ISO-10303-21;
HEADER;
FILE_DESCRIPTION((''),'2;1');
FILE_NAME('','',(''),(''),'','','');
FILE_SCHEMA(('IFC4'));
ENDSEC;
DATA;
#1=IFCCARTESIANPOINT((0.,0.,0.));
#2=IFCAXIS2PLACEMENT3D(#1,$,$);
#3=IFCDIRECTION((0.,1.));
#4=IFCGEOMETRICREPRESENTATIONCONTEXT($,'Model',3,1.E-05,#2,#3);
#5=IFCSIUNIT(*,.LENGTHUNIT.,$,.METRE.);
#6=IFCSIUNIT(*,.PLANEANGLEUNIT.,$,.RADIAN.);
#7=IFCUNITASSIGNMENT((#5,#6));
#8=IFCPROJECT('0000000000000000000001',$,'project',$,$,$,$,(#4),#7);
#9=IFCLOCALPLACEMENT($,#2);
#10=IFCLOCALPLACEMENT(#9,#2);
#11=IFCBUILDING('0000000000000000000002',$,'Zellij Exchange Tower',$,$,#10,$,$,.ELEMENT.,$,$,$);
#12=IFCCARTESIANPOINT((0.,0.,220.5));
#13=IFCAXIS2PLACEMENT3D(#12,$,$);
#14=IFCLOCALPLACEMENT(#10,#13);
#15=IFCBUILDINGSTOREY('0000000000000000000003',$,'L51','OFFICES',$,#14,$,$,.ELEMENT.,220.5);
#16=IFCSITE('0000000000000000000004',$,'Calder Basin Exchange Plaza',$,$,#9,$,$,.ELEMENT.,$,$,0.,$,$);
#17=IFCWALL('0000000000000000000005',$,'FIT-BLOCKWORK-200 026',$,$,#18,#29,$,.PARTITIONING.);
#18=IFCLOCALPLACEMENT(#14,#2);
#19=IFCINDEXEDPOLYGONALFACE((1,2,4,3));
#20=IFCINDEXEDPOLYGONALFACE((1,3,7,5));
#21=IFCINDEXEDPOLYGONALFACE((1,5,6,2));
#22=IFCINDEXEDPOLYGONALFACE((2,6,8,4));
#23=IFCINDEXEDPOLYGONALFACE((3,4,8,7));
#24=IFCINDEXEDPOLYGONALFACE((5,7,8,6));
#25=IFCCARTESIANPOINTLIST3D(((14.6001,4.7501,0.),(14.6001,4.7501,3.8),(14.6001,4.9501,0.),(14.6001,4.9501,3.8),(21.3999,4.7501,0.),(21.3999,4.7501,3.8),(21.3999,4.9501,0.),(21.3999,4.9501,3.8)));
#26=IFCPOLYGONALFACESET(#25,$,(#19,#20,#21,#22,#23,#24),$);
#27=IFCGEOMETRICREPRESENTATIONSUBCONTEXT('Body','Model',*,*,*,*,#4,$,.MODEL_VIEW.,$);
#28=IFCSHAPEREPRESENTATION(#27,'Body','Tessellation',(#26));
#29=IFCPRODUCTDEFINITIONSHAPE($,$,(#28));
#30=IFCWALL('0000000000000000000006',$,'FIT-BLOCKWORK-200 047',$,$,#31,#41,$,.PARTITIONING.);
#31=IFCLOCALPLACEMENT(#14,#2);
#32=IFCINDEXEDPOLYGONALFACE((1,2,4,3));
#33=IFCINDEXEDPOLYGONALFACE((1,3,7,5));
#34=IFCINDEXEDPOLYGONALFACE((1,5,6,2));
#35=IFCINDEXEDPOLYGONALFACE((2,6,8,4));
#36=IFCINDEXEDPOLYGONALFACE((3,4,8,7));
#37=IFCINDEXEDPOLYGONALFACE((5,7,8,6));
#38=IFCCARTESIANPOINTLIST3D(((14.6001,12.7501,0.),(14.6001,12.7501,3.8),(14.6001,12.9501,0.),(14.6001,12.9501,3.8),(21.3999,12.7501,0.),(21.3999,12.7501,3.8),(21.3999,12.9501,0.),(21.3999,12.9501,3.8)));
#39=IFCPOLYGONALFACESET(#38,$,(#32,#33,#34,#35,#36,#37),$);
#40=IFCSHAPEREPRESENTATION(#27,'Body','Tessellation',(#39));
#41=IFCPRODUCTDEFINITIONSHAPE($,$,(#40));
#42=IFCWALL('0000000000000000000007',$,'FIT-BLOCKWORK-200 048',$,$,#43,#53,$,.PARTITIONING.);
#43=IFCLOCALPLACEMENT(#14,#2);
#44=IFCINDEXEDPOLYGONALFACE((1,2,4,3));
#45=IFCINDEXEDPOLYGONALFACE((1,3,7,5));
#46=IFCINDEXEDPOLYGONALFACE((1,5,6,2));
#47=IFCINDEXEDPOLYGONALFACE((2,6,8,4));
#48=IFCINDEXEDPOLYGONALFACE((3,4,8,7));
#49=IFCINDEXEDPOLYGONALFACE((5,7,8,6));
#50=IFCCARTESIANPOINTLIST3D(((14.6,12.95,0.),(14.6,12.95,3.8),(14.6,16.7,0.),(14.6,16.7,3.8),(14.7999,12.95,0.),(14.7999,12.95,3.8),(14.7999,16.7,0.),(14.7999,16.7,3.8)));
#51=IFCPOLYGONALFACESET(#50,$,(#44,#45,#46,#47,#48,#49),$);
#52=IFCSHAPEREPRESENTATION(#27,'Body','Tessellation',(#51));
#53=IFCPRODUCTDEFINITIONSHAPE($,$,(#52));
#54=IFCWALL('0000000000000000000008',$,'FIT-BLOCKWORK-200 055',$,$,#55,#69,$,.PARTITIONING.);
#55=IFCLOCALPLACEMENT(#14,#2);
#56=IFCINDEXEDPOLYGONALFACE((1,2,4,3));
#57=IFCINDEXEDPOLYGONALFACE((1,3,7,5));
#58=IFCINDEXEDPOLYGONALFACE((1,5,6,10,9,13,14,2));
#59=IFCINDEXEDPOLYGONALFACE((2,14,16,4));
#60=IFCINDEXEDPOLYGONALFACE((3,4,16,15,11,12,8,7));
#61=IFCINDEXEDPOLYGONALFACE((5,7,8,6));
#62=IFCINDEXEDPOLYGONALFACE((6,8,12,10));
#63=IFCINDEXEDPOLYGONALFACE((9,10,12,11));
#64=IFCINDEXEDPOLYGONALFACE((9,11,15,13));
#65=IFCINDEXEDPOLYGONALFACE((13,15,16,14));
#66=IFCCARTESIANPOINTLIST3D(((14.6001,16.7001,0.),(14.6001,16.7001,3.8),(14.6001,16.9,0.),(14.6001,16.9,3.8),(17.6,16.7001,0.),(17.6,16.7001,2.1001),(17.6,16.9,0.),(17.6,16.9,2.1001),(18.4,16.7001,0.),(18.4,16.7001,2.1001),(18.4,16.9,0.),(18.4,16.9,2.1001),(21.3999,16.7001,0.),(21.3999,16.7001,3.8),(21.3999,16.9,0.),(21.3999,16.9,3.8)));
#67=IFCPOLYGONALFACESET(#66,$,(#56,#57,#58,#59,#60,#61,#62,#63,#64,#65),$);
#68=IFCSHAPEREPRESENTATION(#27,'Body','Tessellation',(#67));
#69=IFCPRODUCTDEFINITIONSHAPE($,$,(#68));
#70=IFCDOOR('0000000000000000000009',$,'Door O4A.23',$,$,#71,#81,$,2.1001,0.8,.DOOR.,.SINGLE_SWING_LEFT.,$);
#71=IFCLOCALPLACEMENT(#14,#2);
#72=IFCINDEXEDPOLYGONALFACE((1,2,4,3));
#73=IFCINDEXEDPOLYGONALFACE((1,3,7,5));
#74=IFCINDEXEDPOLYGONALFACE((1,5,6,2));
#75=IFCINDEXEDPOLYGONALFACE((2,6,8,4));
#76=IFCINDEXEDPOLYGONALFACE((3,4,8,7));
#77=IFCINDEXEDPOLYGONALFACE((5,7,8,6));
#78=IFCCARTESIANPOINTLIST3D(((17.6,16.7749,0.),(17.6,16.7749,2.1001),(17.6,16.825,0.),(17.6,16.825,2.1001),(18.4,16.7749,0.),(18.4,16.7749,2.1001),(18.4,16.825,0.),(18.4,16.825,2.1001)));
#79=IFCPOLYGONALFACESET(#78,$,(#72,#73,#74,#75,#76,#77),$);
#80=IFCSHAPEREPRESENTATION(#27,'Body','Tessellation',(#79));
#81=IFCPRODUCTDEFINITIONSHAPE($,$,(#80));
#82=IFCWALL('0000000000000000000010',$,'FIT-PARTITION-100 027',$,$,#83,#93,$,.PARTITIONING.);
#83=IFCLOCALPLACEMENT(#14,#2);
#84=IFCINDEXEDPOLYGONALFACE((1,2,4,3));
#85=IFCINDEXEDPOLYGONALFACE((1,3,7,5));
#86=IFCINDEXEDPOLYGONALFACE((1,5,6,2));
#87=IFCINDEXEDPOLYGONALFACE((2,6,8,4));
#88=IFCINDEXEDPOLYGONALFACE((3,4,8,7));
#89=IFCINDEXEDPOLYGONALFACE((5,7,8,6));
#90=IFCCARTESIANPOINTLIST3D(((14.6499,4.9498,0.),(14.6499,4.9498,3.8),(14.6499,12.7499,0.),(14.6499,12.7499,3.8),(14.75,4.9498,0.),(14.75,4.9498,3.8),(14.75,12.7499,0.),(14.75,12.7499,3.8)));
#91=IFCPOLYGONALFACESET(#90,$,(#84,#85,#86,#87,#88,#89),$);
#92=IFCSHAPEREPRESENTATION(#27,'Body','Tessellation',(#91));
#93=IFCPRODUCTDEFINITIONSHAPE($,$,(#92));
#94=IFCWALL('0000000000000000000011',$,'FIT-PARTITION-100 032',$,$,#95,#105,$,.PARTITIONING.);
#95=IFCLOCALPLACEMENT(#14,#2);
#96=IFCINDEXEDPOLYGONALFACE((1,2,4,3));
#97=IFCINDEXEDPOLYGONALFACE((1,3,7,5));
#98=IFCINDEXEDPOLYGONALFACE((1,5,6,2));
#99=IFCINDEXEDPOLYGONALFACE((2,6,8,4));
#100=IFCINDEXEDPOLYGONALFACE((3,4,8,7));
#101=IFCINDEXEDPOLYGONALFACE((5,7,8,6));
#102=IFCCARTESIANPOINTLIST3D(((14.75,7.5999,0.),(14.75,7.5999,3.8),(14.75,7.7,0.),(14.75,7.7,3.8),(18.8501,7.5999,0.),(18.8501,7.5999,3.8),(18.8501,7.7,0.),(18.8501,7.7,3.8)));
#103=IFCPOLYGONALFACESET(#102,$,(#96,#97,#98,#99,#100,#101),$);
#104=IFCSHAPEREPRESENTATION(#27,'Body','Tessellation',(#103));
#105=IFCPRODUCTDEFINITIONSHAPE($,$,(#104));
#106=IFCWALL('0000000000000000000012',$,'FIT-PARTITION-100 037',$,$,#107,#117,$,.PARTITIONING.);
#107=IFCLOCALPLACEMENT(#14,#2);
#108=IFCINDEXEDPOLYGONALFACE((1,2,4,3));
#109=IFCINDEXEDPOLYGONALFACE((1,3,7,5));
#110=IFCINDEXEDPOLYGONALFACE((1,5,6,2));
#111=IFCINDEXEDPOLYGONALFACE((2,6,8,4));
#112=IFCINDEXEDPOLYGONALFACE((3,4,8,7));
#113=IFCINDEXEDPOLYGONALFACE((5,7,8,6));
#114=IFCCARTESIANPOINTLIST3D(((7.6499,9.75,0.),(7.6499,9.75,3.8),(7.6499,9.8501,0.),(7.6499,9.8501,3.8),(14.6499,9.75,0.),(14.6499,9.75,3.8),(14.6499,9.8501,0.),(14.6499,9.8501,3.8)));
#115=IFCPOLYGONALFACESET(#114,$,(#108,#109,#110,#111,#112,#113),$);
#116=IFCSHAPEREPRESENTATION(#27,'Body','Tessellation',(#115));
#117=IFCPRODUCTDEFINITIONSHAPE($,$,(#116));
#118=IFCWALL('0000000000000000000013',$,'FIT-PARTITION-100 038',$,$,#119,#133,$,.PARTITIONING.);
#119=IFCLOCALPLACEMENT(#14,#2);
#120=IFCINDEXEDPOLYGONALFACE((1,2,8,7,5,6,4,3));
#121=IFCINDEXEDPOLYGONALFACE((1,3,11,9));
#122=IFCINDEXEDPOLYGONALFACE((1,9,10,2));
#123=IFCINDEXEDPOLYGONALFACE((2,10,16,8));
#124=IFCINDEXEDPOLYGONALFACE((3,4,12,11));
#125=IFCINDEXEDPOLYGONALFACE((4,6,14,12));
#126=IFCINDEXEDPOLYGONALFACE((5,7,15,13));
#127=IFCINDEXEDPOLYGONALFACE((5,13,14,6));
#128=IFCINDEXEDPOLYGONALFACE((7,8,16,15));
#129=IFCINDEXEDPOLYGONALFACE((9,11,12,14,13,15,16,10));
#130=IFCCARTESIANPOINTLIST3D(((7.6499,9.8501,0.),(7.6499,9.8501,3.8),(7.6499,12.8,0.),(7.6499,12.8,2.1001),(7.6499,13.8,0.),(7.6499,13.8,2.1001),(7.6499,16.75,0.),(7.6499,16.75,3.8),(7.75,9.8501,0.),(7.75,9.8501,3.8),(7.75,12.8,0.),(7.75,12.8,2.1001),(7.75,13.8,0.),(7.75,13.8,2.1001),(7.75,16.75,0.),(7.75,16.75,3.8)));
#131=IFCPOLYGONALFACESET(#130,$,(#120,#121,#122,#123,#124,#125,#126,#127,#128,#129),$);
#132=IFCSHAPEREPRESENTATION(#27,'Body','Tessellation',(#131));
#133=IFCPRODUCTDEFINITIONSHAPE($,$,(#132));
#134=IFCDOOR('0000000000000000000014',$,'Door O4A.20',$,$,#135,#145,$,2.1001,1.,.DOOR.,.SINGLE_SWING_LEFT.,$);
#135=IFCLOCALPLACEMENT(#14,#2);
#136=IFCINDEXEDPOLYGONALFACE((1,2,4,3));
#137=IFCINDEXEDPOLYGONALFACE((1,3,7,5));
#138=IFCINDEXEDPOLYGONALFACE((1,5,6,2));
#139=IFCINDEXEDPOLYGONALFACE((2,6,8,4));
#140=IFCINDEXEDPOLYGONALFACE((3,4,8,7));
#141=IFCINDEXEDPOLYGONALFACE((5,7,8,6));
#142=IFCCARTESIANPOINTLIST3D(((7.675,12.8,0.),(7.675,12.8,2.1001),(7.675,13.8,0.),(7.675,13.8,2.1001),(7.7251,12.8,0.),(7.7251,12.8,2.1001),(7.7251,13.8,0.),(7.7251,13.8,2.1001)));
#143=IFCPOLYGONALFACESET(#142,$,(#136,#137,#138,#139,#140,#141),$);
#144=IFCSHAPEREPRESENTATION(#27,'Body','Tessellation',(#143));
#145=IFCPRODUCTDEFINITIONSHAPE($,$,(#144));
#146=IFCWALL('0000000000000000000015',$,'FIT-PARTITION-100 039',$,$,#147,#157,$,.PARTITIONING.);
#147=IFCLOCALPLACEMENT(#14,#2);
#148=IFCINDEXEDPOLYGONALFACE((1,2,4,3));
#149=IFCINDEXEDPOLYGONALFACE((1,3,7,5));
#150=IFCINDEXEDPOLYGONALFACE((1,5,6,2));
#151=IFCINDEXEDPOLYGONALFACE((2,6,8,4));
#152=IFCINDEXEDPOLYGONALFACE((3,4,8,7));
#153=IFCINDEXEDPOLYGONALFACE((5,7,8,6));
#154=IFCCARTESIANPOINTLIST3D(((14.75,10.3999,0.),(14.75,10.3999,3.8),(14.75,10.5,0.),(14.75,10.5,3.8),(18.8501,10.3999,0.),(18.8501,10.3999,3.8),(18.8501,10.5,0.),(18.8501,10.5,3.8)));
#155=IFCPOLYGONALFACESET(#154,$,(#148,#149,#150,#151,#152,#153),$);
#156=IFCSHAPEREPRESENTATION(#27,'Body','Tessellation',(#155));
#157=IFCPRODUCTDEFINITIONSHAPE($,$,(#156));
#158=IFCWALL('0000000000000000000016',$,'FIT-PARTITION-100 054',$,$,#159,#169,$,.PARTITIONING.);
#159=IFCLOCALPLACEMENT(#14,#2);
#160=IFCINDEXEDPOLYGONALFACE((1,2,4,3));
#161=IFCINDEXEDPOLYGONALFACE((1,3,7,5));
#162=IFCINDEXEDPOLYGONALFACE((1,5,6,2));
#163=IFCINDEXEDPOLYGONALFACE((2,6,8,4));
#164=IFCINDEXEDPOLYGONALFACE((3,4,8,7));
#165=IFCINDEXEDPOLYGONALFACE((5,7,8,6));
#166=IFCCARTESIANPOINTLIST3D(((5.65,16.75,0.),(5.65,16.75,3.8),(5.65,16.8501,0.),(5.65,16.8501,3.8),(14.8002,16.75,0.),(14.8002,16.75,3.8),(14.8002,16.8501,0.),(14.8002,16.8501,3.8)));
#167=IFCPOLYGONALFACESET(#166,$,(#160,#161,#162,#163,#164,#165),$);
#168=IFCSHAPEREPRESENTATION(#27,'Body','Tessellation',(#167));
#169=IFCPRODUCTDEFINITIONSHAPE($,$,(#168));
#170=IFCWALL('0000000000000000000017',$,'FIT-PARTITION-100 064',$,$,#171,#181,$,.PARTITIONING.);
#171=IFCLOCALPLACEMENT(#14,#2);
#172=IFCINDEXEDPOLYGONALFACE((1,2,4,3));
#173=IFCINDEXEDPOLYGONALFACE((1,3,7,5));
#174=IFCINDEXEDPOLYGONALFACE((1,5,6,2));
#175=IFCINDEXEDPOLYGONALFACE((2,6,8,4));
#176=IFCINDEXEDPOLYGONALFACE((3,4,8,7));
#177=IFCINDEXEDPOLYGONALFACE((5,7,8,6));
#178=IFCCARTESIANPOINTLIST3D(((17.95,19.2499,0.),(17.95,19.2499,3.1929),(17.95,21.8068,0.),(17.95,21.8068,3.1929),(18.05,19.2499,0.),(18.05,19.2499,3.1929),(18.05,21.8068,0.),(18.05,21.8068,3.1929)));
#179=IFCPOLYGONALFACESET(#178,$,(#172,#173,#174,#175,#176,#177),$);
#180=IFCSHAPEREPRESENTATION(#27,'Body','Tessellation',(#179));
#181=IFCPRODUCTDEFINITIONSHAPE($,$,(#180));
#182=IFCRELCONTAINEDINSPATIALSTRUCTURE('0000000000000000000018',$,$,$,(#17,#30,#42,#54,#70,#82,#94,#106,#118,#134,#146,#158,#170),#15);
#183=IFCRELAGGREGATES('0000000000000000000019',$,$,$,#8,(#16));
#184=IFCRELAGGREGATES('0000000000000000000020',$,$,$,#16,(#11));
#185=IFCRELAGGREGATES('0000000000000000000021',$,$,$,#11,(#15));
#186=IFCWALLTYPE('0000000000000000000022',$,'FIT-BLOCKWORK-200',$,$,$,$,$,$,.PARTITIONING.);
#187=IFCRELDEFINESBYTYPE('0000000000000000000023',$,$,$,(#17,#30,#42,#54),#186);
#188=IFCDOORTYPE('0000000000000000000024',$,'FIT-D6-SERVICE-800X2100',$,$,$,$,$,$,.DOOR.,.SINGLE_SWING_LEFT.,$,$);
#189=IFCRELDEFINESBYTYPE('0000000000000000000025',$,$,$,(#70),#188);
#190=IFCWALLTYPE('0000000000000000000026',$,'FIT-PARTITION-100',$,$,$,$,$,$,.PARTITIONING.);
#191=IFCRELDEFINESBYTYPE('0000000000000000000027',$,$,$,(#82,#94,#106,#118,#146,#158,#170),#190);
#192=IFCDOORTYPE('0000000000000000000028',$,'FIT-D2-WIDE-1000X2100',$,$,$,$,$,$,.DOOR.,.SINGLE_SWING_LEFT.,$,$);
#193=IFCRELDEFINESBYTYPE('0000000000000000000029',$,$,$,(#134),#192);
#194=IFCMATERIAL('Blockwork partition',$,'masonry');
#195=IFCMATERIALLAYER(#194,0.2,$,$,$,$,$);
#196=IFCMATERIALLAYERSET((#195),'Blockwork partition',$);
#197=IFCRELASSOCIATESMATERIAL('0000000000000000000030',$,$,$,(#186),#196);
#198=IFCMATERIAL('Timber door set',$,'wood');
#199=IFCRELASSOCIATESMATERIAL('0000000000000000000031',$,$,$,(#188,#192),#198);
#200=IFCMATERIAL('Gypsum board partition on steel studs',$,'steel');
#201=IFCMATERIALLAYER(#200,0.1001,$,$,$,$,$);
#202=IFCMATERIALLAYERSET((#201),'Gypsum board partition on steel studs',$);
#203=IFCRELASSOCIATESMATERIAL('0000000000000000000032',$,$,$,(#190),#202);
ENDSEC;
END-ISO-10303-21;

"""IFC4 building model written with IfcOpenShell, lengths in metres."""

from ifc_helpers import new_model, si_unit, direction, frame, frame_2d, origin, place, context, subcontext, project, spatial, rectangle, extrude, material, layer, layer_set, type_object, element, fill, save


model = new_model("IFC4")

# Units and contexts
model_context = context("Model", 3, precision=1e-05, world=origin(), true_north=direction((0.0, 1.0)))
body_context = subcontext(model_context, "Body", "Model", "MODEL_VIEW")
ifc_project = project(units=[si_unit("LENGTHUNIT", "METRE"), si_unit("PLANEANGLEUNIT", "RADIAN")], contexts=[model_context])

# Site, building, storey
site_placement = place(None, origin())
site = spatial("IfcSite", under=ifc_project, at=site_placement, Name="Calder Basin Exchange Plaza", CompositionType="ELEMENT", RefElevation=0.0)
building_placement = place(site_placement, origin())
building = spatial("IfcBuilding", under=site, at=building_placement, Name="Zellij Exchange Tower", CompositionType="ELEMENT")
storey_placement = place(building_placement, frame((0.0, 0.0, 220.5)))
storey = spatial("IfcBuildingStorey", under=building, at=storey_placement, Name="L51", Description="OFFICES", CompositionType="ELEMENT", Elevation=220.5)

# Walls
ifc_material_1 = material(Name="Blockwork partition", Category="masonry")
ifc_layer_1 = layer(ifc_material_1, 0.2)
ifc_layer_set_1 = layer_set([ifc_layer_1], Name="Blockwork partition")
wall_type_1 = type_object("IfcWallType", Name="FIT-BLOCKWORK-200", PredefinedType="PARTITIONING", material=ifc_layer_set_1)
for number, where, z_axis, x_axis, name in (
    (1, (14.6001, 4.8501, 0.0), (0.0, 0.0, 1.0), (1.0, 0.0, 0.0), "FIT-BLOCKWORK-200 026"),
    (2, (14.6001, 12.8501, 0.0), (0.0, 0.0, 1.0), (1.0, 0.0, 0.0), "FIT-BLOCKWORK-200 047"),
):
    element("IfcWall", number, at=place(storey_placement, frame(where, z_axis=z_axis, x_axis=x_axis)), inside=storey, type_object=wall_type_1, Name=name, PredefinedType="PARTITIONING", context=body_context, shape_type="SweptSolid", body=[
        extrude(rectangle(XDim=6.7998, YDim=0.2, at=frame_2d((3.3999, 0.0))), origin(), (0.0, 0.0, 1.0), 3.8),
    ])
wall_1_placement = place(storey_placement, frame((14.7, 12.95, 0.0), z_axis=(0.0, 0.0, 1.0), x_axis=(0.0, 1.0, 0.0)))
element("IfcWall", 3, at=wall_1_placement, inside=storey, type_object=wall_type_1, Name="FIT-BLOCKWORK-200 048", PredefinedType="PARTITIONING", context=body_context, shape_type="SweptSolid", body=[
    extrude(rectangle(XDim=3.75, YDim=0.2, at=frame_2d((1.875, 0.0))), origin(), (0.0, 0.0, 1.0), 3.8),
])

# Wall, opening, door
wall_2_placement = place(storey_placement, frame((14.6001, 16.8, 0.0), z_axis=(0.0, 0.0, 1.0), x_axis=(1.0, 0.0, 0.0)))
wall_2 = element("IfcWall", 4, at=wall_2_placement, inside=storey, type_object=wall_type_1, Name="FIT-BLOCKWORK-200 055", PredefinedType="PARTITIONING", context=body_context, shape_type="SweptSolid", body=[
    extrude(rectangle(XDim=6.7998, YDim=0.2, at=frame_2d((3.3999, 0.0))), origin(), (0.0, 0.0, 1.0), 3.8),
])
opening_1_placement = place(wall_2_placement, frame((3.0, 0.0, 0.0)))
opening_1 = element("IfcOpeningElement", 5, at=opening_1_placement, cuts=wall_2, PredefinedType="OPENING", context=body_context, shape_type="SweptSolid", body=[
    extrude(rectangle(XDim=0.8, YDim=2.1001, at=frame_2d((0.3999, 1.05))), frame((0.0, 0.1118, 0.0), z_axis=(0.0, -1.0, 0.0), x_axis=(1.0, 0.0, 0.0)), (0.0, 0.0, 1.0), 0.2239),
])
ifc_material_2 = material(Name="Timber door set", Category="wood")
door_type_1 = type_object("IfcDoorType", Name="FIT-D6-SERVICE-800X2100", OperationType="SINGLE_SWING_LEFT", PredefinedType="DOOR", material=ifc_material_2)
door_1_placement = place(opening_1_placement, origin())
door_1 = element("IfcDoor", 6, at=door_1_placement, inside=storey, type_object=door_type_1, Name="Door O4A.23", OperationType="SINGLE_SWING_LEFT", OverallHeight=2.1001, OverallWidth=0.8, PredefinedType="DOOR", context=body_context, shape_type="SweptSolid", body=[
    extrude(rectangle(XDim=0.8, YDim=2.1001, at=frame_2d((0.3999, 1.05))), frame((0.0, 0.0249, 0.0), z_axis=(0.0, -1.0, 0.0), x_axis=(1.0, 0.0, 0.0)), (0.0, 0.0, 1.0), 0.05),
])
fill(opening_1, door_1)

# Walls
ifc_material_3 = material(Name="Gypsum board partition on steel studs", Category="steel")
ifc_layer_2 = layer(ifc_material_3, 0.1001)
ifc_layer_set_2 = layer_set([ifc_layer_2], Name="Gypsum board partition on steel studs")
wall_type_2 = type_object("IfcWallType", Name="FIT-PARTITION-100", PredefinedType="PARTITIONING", material=ifc_layer_set_2)
wall_3_placement = place(storey_placement, frame((14.7, 4.95, 0.0), z_axis=(0.0, 0.0, 1.0), x_axis=(0.0, 1.0, 0.0)))
element("IfcWall", 7, at=wall_3_placement, inside=storey, type_object=wall_type_2, Name="FIT-PARTITION-100 027", PredefinedType="PARTITIONING", context=body_context, shape_type="SweptSolid", body=[
    extrude(rectangle(XDim=7.8, YDim=0.1001, at=frame_2d((3.8999, 0.0))), origin(), (0.0, 0.0, 1.0), 3.8),
])
wall_4_placement = place(storey_placement, frame((14.75, 7.6499, 0.0), z_axis=(0.0, 0.0, 1.0), x_axis=(1.0, 0.0, 0.0)))
element("IfcWall", 8, at=wall_4_placement, inside=storey, type_object=wall_type_2, Name="FIT-PARTITION-100 032", PredefinedType="PARTITIONING", context=body_context, shape_type="SweptSolid", body=[
    extrude(rectangle(XDim=4.1001, YDim=0.1001, at=frame_2d((2.05, 0.0))), origin(), (0.0, 0.0, 1.0), 3.8),
])
wall_5_placement = place(storey_placement, frame((7.6499, 9.8, 0.0), z_axis=(0.0, 0.0, 1.0), x_axis=(1.0, 0.0, 0.0)))
element("IfcWall", 9, at=wall_5_placement, inside=storey, type_object=wall_type_2, Name="FIT-PARTITION-100 037", PredefinedType="PARTITIONING", context=body_context, shape_type="SweptSolid", body=[
    extrude(rectangle(XDim=7.0, YDim=0.1001, at=frame_2d((3.5, 0.0))), origin(), (0.0, 0.0, 1.0), 3.8),
])

# Wall, opening, door
wall_6_placement = place(storey_placement, frame((7.7, 9.8501, 0.0), z_axis=(0.0, 0.0, 1.0), x_axis=(0.0, 1.0, 0.0)))
wall_6 = element("IfcWall", 10, at=wall_6_placement, inside=storey, type_object=wall_type_2, Name="FIT-PARTITION-100 038", PredefinedType="PARTITIONING", context=body_context, shape_type="SweptSolid", body=[
    extrude(rectangle(XDim=6.8999, YDim=0.1001, at=frame_2d((3.45, 0.0))), origin(), (0.0, 0.0, 1.0), 3.8),
])
opening_2_placement = place(wall_6_placement, frame((2.95, 0.0, 0.0)))
opening_2 = element("IfcOpeningElement", 11, at=opening_2_placement, cuts=wall_6, PredefinedType="OPENING", context=body_context, shape_type="SweptSolid", body=[
    extrude(rectangle(XDim=1.0, YDim=2.1001, at=frame_2d((0.5, 1.05))), frame((0.0, 0.062, 0.0), z_axis=(0.0, -1.0, 0.0), x_axis=(1.0, 0.0, 0.0)), (0.0, 0.0, 1.0), 0.124),
])
door_type_2 = type_object("IfcDoorType", Name="FIT-D2-WIDE-1000X2100", OperationType="SINGLE_SWING_LEFT", PredefinedType="DOOR", material=ifc_material_2)
door_2_placement = place(opening_2_placement, origin())
door_2 = element("IfcDoor", 12, at=door_2_placement, inside=storey, type_object=door_type_2, Name="Door O4A.20", OperationType="SINGLE_SWING_LEFT", OverallHeight=2.1001, OverallWidth=1.0, PredefinedType="DOOR", context=body_context, shape_type="SweptSolid", body=[
    extrude(rectangle(XDim=1.0, YDim=2.1001, at=frame_2d((0.5, 1.05))), frame((0.0, 0.0249, 0.0), z_axis=(0.0, -1.0, 0.0), x_axis=(1.0, 0.0, 0.0)), (0.0, 0.0, 1.0), 0.05),
])
fill(opening_2, door_2)

# Walls
wall_7_placement = place(storey_placement, frame((14.75, 10.45, 0.0), z_axis=(0.0, 0.0, 1.0), x_axis=(1.0, 0.0, 0.0)))
element("IfcWall", 13, at=wall_7_placement, inside=storey, type_object=wall_type_2, Name="FIT-PARTITION-100 039", PredefinedType="PARTITIONING", context=body_context, shape_type="SweptSolid", body=[
    extrude(rectangle(XDim=4.1001, YDim=0.1001, at=frame_2d((2.05, 0.0))), origin(), (0.0, 0.0, 1.0), 3.8),
])
wall_8_placement = place(storey_placement, frame((5.6499, 16.8, 0.0), z_axis=(0.0, 0.0, 1.0), x_axis=(1.0, 0.0, 0.0)))
element("IfcWall", 14, at=wall_8_placement, inside=storey, type_object=wall_type_2, Name="FIT-PARTITION-100 054", PredefinedType="PARTITIONING", context=body_context, shape_type="SweptSolid", body=[
    extrude(rectangle(XDim=9.1501, YDim=0.1001, at=frame_2d((4.5752, 0.0))), origin(), (0.0, 0.0, 1.0), 3.8),
])
wall_9_placement = place(storey_placement, frame((18.0, 19.25, 0.0), z_axis=(0.0, 0.0, 1.0), x_axis=(0.0, 1.0, 0.0)))
element("IfcWall", 15, at=wall_9_placement, inside=storey, type_object=wall_type_2, Name="FIT-PARTITION-100 064", PredefinedType="PARTITIONING", context=body_context, shape_type="SweptSolid", body=[
    extrude(rectangle(XDim=2.5569, YDim=0.1001, at=frame_2d((1.2783, 0.0))), origin(), (0.0, 0.0, 1.0), 3.1929),
])

save(model, "model.ifc")
